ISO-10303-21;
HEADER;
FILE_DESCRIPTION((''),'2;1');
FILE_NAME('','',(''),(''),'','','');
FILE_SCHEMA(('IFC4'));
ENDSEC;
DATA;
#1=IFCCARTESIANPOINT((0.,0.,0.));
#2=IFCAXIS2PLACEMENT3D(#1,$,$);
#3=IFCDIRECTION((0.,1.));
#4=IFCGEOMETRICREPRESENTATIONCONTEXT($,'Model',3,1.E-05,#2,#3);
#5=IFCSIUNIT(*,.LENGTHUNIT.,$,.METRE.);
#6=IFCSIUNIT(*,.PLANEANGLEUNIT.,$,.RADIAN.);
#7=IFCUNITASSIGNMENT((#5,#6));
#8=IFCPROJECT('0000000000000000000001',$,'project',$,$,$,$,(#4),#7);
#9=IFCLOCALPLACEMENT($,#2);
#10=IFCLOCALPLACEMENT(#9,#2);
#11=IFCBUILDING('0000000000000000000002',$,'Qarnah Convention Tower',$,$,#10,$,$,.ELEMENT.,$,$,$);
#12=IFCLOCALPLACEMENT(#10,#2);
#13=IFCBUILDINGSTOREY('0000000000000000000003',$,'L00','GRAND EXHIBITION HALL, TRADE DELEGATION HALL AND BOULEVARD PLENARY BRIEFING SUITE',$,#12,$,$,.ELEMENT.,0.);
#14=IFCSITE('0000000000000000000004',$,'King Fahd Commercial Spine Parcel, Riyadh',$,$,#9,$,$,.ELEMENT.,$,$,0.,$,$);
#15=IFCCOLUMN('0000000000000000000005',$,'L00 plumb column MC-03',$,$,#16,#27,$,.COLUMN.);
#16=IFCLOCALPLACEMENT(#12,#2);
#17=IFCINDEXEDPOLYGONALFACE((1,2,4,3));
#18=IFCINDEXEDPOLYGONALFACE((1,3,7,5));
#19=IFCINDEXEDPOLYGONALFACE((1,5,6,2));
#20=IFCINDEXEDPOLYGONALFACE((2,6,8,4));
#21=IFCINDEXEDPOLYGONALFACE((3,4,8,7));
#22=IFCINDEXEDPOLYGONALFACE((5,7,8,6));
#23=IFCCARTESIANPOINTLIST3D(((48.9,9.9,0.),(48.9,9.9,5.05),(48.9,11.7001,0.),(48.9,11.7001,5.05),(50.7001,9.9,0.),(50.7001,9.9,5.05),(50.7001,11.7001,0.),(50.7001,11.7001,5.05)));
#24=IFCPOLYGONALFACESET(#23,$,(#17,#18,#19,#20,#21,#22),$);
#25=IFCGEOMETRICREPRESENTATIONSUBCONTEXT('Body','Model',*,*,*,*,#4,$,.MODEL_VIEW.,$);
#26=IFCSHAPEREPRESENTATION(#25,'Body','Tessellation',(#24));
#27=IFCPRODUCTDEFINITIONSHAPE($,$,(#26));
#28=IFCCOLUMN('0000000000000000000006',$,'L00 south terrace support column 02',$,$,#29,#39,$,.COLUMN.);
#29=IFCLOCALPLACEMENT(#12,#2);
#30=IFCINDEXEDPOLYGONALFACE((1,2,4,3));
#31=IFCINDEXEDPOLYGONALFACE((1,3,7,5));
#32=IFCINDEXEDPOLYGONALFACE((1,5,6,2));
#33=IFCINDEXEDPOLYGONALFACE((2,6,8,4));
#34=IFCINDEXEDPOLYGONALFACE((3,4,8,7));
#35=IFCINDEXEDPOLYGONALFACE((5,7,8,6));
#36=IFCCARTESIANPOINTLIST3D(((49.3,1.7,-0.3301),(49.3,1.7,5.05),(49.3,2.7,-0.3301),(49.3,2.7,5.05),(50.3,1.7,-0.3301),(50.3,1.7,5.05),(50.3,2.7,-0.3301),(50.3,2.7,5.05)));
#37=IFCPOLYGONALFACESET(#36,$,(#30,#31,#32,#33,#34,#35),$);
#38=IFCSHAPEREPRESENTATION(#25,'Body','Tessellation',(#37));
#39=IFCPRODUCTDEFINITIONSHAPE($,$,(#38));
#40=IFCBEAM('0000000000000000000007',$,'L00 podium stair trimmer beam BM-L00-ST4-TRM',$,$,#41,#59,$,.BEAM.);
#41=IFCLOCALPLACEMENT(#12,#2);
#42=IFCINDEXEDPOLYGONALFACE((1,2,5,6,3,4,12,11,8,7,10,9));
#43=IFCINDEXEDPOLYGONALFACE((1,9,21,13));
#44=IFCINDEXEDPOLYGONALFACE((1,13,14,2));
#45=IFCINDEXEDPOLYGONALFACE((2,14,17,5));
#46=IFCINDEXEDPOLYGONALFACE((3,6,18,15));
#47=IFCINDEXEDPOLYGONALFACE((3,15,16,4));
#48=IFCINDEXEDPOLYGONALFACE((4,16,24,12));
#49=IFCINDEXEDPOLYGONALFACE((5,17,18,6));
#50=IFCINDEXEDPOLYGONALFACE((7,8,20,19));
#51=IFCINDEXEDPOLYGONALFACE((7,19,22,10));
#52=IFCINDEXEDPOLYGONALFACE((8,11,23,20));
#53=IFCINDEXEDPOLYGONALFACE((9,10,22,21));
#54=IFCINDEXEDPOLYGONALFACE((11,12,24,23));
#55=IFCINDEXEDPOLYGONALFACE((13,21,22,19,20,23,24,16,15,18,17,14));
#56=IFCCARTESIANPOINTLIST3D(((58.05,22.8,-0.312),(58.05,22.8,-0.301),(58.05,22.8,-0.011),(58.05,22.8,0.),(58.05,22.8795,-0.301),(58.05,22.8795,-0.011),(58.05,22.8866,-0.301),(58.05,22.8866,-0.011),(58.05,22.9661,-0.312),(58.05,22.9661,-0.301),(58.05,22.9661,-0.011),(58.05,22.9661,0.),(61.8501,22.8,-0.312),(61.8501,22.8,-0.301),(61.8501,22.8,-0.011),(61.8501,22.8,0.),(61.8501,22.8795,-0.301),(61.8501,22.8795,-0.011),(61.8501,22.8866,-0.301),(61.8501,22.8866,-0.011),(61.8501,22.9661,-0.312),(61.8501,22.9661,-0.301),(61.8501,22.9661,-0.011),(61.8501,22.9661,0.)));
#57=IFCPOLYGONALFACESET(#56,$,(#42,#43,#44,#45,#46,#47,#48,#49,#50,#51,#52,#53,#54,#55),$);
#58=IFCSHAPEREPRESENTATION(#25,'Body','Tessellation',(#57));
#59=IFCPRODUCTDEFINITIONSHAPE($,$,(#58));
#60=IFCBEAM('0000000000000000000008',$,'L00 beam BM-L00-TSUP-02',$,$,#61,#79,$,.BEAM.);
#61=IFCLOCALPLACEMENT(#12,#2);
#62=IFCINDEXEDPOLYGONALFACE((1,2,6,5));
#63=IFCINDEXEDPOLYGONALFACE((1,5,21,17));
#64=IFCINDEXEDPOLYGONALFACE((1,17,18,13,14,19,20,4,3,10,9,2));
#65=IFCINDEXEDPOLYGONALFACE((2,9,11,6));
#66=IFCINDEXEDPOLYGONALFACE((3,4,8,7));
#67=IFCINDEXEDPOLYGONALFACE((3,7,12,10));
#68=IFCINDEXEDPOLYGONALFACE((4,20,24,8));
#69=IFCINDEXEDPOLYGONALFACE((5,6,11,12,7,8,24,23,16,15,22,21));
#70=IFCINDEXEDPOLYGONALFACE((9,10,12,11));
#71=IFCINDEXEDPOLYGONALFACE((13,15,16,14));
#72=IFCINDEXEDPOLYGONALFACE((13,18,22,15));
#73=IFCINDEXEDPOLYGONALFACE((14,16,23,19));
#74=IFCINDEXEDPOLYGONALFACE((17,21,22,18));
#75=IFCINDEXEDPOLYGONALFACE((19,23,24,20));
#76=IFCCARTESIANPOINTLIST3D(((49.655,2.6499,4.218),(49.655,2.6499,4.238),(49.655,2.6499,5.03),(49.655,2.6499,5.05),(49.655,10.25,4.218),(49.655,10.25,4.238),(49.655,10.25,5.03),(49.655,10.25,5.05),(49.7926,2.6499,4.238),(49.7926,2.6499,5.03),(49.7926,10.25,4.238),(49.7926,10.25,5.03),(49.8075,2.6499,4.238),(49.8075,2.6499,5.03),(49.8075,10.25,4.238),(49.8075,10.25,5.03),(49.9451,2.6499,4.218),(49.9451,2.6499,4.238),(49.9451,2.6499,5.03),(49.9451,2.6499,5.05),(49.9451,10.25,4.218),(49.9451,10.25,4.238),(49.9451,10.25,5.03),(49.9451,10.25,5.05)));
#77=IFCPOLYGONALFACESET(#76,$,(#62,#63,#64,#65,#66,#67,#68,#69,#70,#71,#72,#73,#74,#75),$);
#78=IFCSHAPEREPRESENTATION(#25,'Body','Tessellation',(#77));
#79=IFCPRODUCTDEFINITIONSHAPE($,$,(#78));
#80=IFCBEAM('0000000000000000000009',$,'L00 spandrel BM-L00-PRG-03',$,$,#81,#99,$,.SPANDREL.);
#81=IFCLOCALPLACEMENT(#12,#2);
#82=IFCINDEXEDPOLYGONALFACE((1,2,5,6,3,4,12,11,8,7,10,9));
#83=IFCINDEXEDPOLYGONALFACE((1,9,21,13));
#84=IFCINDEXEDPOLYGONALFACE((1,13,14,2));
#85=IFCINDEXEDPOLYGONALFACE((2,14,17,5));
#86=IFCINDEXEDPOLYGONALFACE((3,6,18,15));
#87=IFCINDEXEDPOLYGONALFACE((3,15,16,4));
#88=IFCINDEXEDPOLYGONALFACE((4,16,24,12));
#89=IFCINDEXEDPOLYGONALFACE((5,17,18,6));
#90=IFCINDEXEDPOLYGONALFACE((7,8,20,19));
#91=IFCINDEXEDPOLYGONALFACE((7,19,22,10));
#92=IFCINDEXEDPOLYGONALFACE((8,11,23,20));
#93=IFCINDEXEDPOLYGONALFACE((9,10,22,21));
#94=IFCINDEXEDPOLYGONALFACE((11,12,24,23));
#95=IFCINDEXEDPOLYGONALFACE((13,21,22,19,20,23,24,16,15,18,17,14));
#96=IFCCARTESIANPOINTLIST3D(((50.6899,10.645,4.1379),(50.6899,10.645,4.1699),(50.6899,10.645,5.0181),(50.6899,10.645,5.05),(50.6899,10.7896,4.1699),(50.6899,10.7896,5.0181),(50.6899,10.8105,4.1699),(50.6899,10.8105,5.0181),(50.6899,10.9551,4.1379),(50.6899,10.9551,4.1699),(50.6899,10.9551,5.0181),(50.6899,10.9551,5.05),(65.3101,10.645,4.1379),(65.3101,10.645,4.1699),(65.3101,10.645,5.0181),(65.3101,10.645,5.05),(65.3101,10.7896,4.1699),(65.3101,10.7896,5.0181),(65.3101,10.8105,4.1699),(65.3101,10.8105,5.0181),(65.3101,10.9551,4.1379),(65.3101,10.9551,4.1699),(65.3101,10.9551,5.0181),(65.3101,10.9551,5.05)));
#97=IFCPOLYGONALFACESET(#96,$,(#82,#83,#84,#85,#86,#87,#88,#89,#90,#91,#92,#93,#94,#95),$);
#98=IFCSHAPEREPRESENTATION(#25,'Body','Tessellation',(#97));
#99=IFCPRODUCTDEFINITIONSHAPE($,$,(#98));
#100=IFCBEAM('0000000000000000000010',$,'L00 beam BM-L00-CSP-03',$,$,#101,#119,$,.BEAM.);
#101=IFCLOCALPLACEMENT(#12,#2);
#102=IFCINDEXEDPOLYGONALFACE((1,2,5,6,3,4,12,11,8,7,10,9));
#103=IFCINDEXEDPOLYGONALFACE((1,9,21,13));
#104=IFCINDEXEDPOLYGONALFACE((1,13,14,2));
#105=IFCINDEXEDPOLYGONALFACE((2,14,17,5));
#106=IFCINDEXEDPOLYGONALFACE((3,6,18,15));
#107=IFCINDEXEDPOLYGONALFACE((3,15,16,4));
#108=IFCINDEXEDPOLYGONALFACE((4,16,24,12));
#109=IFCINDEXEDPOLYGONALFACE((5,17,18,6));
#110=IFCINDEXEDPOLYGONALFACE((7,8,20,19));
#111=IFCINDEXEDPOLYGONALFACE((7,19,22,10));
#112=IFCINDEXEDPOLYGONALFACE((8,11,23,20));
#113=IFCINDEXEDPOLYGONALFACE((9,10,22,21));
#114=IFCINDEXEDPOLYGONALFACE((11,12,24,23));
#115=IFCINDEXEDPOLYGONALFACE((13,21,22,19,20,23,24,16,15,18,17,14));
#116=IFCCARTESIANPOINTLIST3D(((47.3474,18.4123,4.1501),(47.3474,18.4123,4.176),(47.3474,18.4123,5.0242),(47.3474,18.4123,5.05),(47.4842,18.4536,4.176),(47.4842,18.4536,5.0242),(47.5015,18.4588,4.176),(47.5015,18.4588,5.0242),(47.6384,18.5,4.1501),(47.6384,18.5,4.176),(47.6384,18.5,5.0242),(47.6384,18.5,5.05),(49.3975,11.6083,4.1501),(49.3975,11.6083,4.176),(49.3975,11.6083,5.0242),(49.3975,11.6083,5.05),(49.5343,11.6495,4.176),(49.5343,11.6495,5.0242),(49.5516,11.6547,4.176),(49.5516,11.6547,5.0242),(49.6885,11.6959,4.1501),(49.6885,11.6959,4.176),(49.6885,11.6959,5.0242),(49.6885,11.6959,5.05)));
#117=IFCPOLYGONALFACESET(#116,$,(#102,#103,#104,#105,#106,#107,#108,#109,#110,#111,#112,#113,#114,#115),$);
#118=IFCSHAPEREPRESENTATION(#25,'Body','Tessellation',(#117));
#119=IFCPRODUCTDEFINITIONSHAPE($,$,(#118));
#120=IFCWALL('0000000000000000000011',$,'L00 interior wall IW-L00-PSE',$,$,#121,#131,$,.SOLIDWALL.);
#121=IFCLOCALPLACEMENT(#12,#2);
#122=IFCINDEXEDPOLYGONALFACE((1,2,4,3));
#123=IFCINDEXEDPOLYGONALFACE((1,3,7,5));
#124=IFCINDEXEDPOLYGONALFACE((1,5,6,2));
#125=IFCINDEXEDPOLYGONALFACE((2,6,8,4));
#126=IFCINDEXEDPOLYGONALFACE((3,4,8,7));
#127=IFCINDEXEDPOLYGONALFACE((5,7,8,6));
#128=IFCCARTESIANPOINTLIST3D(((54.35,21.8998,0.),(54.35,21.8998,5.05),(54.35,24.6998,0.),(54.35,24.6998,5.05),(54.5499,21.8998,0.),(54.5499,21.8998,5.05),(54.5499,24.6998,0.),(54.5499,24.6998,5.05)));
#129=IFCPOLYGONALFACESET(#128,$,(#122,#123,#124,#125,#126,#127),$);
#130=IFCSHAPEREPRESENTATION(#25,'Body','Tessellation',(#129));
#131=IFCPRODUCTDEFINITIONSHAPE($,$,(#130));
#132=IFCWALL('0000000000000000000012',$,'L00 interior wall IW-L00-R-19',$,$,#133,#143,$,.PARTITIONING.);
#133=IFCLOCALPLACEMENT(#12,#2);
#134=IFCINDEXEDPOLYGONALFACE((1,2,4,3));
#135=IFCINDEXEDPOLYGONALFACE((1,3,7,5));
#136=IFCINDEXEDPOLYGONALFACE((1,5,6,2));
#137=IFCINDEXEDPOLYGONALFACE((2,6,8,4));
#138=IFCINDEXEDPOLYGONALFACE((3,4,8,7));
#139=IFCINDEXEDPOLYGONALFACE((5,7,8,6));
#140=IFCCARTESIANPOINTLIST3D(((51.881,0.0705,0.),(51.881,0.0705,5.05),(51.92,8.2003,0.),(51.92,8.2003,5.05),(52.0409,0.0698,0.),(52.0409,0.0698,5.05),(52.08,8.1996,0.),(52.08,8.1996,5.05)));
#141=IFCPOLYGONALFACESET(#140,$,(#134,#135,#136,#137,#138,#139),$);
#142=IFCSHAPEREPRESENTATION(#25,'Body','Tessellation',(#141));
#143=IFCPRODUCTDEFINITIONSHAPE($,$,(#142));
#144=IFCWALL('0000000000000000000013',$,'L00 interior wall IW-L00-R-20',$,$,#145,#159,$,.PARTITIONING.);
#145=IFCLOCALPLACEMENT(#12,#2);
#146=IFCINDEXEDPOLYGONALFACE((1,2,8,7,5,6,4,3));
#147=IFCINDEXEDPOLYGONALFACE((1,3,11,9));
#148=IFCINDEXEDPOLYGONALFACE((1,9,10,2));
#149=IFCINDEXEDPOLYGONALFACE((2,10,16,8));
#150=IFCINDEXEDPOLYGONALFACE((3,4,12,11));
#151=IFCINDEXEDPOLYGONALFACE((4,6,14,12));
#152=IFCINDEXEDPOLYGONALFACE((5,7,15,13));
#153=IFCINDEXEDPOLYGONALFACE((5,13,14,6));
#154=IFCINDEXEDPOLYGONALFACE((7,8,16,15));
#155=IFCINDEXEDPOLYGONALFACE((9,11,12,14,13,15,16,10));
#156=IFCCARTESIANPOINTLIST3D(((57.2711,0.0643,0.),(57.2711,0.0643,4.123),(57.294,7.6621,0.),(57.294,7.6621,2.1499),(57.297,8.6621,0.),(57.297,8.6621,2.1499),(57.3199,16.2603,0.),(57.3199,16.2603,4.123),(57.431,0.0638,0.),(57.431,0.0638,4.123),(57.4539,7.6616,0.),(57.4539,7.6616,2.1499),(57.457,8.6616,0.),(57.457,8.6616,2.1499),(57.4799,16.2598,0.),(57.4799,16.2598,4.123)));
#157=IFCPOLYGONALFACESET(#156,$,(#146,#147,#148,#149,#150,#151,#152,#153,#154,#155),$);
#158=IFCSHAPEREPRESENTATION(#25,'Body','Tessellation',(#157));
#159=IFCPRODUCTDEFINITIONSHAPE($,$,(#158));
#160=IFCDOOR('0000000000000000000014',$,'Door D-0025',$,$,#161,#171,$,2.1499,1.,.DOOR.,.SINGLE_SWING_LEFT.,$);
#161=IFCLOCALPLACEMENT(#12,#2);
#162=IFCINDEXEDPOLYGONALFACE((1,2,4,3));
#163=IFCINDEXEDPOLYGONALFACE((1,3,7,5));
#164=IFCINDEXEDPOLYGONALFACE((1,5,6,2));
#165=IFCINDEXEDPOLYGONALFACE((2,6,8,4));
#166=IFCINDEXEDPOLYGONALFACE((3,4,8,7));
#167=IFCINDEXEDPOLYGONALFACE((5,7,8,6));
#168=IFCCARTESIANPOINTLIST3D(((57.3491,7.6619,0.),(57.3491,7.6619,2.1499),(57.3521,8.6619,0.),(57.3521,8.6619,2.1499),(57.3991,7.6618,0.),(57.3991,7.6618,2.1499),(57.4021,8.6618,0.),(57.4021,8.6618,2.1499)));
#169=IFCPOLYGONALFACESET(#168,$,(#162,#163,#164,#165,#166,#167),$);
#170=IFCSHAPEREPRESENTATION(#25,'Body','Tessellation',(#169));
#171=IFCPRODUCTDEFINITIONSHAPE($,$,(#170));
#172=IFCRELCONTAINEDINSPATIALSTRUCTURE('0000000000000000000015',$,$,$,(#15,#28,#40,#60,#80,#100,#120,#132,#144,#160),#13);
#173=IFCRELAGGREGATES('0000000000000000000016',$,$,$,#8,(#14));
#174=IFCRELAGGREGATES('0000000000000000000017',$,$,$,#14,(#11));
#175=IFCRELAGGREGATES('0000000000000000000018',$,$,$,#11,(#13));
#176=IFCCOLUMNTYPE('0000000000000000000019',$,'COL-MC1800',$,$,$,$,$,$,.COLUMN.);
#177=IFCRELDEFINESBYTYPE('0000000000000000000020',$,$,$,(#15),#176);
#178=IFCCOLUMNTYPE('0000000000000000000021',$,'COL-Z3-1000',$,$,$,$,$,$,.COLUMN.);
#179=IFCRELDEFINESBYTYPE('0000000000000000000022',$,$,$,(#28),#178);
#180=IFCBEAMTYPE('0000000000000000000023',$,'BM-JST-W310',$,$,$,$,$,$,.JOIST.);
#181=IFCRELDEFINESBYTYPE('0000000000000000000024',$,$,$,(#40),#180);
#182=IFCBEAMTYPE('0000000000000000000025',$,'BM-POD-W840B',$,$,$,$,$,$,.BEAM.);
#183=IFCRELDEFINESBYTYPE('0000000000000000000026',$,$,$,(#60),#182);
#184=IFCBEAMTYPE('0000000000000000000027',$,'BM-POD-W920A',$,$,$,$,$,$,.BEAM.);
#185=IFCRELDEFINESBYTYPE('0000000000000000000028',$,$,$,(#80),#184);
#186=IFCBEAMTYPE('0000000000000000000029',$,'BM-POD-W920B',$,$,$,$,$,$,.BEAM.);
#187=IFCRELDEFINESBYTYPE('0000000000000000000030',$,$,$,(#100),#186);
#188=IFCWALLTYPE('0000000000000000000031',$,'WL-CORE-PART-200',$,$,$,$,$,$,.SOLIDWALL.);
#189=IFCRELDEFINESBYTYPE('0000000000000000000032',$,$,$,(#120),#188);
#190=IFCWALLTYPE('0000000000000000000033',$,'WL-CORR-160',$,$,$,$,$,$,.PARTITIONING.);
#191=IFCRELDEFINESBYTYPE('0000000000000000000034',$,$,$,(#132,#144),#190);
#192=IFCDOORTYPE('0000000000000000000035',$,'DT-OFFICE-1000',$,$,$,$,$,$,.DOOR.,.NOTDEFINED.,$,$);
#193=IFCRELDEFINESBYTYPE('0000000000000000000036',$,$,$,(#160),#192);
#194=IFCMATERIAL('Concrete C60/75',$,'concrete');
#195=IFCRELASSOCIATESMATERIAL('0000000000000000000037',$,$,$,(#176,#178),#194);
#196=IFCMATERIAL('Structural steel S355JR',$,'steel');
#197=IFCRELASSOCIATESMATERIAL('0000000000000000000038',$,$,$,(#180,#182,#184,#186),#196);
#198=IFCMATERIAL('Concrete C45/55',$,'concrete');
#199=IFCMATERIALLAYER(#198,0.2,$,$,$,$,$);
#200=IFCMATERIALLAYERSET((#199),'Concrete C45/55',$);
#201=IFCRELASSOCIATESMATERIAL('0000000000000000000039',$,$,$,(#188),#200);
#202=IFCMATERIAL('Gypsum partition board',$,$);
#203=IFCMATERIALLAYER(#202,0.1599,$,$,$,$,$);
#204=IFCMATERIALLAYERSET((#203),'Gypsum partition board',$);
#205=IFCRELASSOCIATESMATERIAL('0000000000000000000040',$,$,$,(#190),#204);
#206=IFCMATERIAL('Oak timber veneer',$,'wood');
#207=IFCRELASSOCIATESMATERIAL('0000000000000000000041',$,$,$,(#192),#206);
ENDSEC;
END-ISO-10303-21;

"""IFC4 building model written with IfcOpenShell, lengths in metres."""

from ifc_helpers import new_model, si_unit, direction, frame, frame_2d, origin, origin_2d, place, context, subcontext, project, spatial, rectangle, i_section, extrude, material, layer, layer_set, material_profile, profile_set, type_object, element, fill, save


model = new_model("IFC4")

# Units and contexts
model_context = context("Model", 3, precision=1e-05, world=origin(), true_north=direction((0.0, 1.0)))
body_context = subcontext(model_context, "Body", "Model", "MODEL_VIEW")
ifc_project = project(units=[si_unit("LENGTHUNIT", "METRE"), si_unit("PLANEANGLEUNIT", "RADIAN")], contexts=[model_context])

# Site, building, storey
site_placement = place(None, origin())
site = spatial("IfcSite", under=ifc_project, at=site_placement, Name="King Fahd Commercial Spine Parcel, Riyadh", CompositionType="ELEMENT", RefElevation=0.0)
building_placement = place(site_placement, origin())
building = spatial("IfcBuilding", under=site, at=building_placement, Name="Qarnah Convention Tower", CompositionType="ELEMENT")
storey_placement = place(building_placement, origin())
storey = spatial("IfcBuildingStorey", under=building, at=storey_placement, Name="L00", Description="GRAND EXHIBITION HALL, TRADE DELEGATION HALL AND BOULEVARD PLENARY BRIEFING SUITE", CompositionType="ELEMENT", Elevation=0.0)

# Columns
ifc_material_1 = material(Name="Concrete C60/75", Category="concrete")
ifc_material_profile_1 = material_profile(ifc_material_1, rectangle(XDim=1.8, YDim=1.8, at=origin_2d()), Name="RC-COL-1800X1800")
ifc_profile_set_1 = profile_set([ifc_material_profile_1], Name="Concrete C60/75")
column_type_1 = type_object("IfcColumnType", Name="COL-MC1800", PredefinedType="COLUMN", material=ifc_profile_set_1)
column_1_placement = place(storey_placement, frame((49.8, 10.8, 0.0), z_axis=(0.0, 0.0, 1.0), x_axis=(1.0, 0.0, 0.0)))
element("IfcColumn", 1, at=column_1_placement, inside=storey, type_object=column_type_1, Name="L00 plumb column MC-03", PredefinedType="COLUMN", context=body_context, shape_type="SweptSolid", body=[
    extrude(rectangle(XDim=1.8, YDim=1.8, at=origin_2d()), origin(), (0.0, 0.0, 1.0), 5.05),
])
ifc_material_profile_2 = material_profile(ifc_material_1, rectangle(XDim=1.0, YDim=1.0, at=origin_2d()), Name="RC-COL-1000X1000")
ifc_profile_set_2 = profile_set([ifc_material_profile_2], Name="Concrete C60/75")
column_type_2 = type_object("IfcColumnType", Name="COL-Z3-1000", PredefinedType="COLUMN", material=ifc_profile_set_2)
column_2_placement = place(storey_placement, frame((49.8, 2.2, -0.3301), z_axis=(0.0, 0.0, 1.0), x_axis=(1.0, 0.0, 0.0)))
element("IfcColumn", 2, at=column_2_placement, inside=storey, type_object=column_type_2, Name="L00 south terrace support column 02", PredefinedType="COLUMN", context=body_context, shape_type="SweptSolid", body=[
    extrude(rectangle(XDim=1.0, YDim=1.0, at=origin_2d()), origin(), (0.0, 0.0, 1.0), 5.3801),
])

# Beams
ifc_material_2 = material(Name="Structural steel S355JR", Category="steel")
ifc_material_profile_3 = material_profile(ifc_material_2, i_section(OverallWidth=0.166, OverallDepth=0.312, WebThickness=0.0071, FlangeThickness=0.011, at=origin_2d()), Name="W310X45")
ifc_profile_set_3 = profile_set([ifc_material_profile_3], Name="Structural steel S355JR")
beam_type_1 = type_object("IfcBeamType", Name="BM-JST-W310", PredefinedType="JOIST", material=ifc_profile_set_3)
beam_1_placement = place(storey_placement, frame((58.05, 22.8831, -0.156), z_axis=(1.0, 0.0, 0.0), x_axis=(0.0, 1.0, 0.0)))
element("IfcBeam", 3, at=beam_1_placement, inside=storey, type_object=beam_type_1, Name="L00 podium stair trimmer beam BM-L00-ST4-TRM", PredefinedType="BEAM", context=body_context, shape_type="SweptSolid", body=[
    extrude(i_section(OverallWidth=0.166, OverallDepth=0.312, WebThickness=0.0071, FlangeThickness=0.011, at=origin_2d()), origin(), (0.0, 0.0, 1.0), 3.8),
])
ifc_material_profile_4 = material_profile(ifc_material_2, i_section(OverallWidth=0.29, OverallDepth=0.832, WebThickness=0.0149, FlangeThickness=0.02, at=origin_2d()), Name="W840X193")
ifc_profile_set_4 = profile_set([ifc_material_profile_4], Name="Structural steel S355JR")
beam_type_2 = type_object("IfcBeamType", Name="BM-POD-W840B", PredefinedType="BEAM", material=ifc_profile_set_4)
beam_2_placement = place(storey_placement, frame((49.8, 2.6499, 4.634), z_axis=(0.0, 1.0, 0.0), x_axis=(-1.0, 0.0, 0.0)))
element("IfcBeam", 4, at=beam_2_placement, inside=storey, type_object=beam_type_2, Name="L00 beam BM-L00-TSUP-02", PredefinedType="BEAM", context=body_context, shape_type="SweptSolid", body=[
    extrude(i_section(OverallWidth=0.29, OverallDepth=0.832, WebThickness=0.0149, FlangeThickness=0.02, at=origin_2d()), origin(), (0.0, 0.0, 1.0), 7.6001),
])
ifc_material_profile_5 = material_profile(ifc_material_2, i_section(OverallWidth=0.3101, OverallDepth=0.9121, WebThickness=0.021, FlangeThickness=0.032, at=origin_2d()), Name="W920X342")
ifc_profile_set_5 = profile_set([ifc_material_profile_5], Name="Structural steel S355JR")
beam_type_3 = type_object("IfcBeamType", Name="BM-POD-W920A", PredefinedType="BEAM", material=ifc_profile_set_5)
beam_3_placement = place(storey_placement, frame((50.6899, 10.8, 4.594), z_axis=(1.0, 0.0, 0.0), x_axis=(0.0, 1.0, 0.0)))
element("IfcBeam", 5, at=beam_3_placement, inside=storey, type_object=beam_type_3, Name="L00 spandrel BM-L00-PRG-03", PredefinedType="SPANDREL", context=body_context, shape_type="SweptSolid", body=[
    extrude(i_section(OverallWidth=0.3101, OverallDepth=0.9121, WebThickness=0.021, FlangeThickness=0.032, at=origin_2d()), origin(), (0.0, 0.0, 1.0), 14.6201),
])
ifc_material_profile_6 = material_profile(ifc_material_2, i_section(OverallWidth=0.304, OverallDepth=0.8999, WebThickness=0.0181, FlangeThickness=0.0259, at=origin_2d()), Name="W920X271")
ifc_profile_set_6 = profile_set([ifc_material_profile_6], Name="Structural steel S355JR")
beam_type_4 = type_object("IfcBeamType", Name="BM-POD-W920B", PredefinedType="BEAM", material=ifc_profile_set_6)
beam_4_placement = place(storey_placement, frame((49.543, 11.6521, 4.6001), z_axis=(-0.288492, 0.957482, 0.0), x_axis=(-0.957482, -0.288492, 0.0)))
element("IfcBeam", 6, at=beam_4_placement, inside=storey, type_object=beam_type_4, Name="L00 beam BM-L00-CSP-03", PredefinedType="BEAM", context=body_context, shape_type="SweptSolid", body=[
    extrude(i_section(OverallWidth=0.304, OverallDepth=0.8999, WebThickness=0.0181, FlangeThickness=0.0259, at=origin_2d()), origin(), (0.0, 0.0, 1.0), 7.1062),
])

# Walls
ifc_material_3 = material(Name="Concrete C45/55", Category="concrete")
ifc_layer_1 = layer(ifc_material_3, 0.2)
ifc_layer_set_1 = layer_set([ifc_layer_1], Name="Concrete C45/55")
wall_type_1 = type_object("IfcWallType", Name="WL-CORE-PART-200", PredefinedType="SOLIDWALL", material=ifc_layer_set_1)
wall_1_placement = place(storey_placement, frame((54.45, 21.8999, 0.0), z_axis=(0.0, 0.0, 1.0), x_axis=(0.0, 1.0, 0.0)))
element("IfcWall", 7, at=wall_1_placement, inside=storey, type_object=wall_type_1, Name="L00 interior wall IW-L00-PSE", PredefinedType="SOLIDWALL", context=body_context, shape_type="SweptSolid", body=[
    extrude(rectangle(XDim=2.8, YDim=0.2, at=frame_2d((1.3999, 0.0))), origin(), (0.0, 0.0, 1.0), 5.05),
])
ifc_material_4 = material(Name="Gypsum partition board")
ifc_layer_2 = layer(ifc_material_4, 0.1599)
ifc_layer_set_2 = layer_set([ifc_layer_2], Name="Gypsum partition board")
wall_type_2 = type_object("IfcWallType", Name="WL-CORR-160", PredefinedType="PARTITIONING", material=ifc_layer_set_2)
wall_2_placement = place(storey_placement, frame((52.0, 8.2, 0.0), z_axis=(0.0, 0.0, 1.0), x_axis=(-0.004805, -0.999988, 0.0)))
element("IfcWall", 8, at=wall_2_placement, inside=storey, type_object=wall_type_2, Name="L00 interior wall IW-L00-R-19", PredefinedType="PARTITIONING", context=body_context, shape_type="SweptSolid", body=[
    extrude(rectangle(XDim=8.1299, YDim=0.1599, at=frame_2d((4.0649, 0.0))), origin(), (0.0, 0.0, 1.0), 5.05),
])

# Wall, opening, door
wall_3_placement = place(storey_placement, frame((57.3511, 0.064, 0.0), z_axis=(0.0, 0.0, 1.0), x_axis=(0.003015, 0.999995, 0.0)))
wall_3 = element("IfcWall", 9, at=wall_3_placement, inside=storey, type_object=wall_type_2, Name="L00 interior wall IW-L00-R-20", PredefinedType="PARTITIONING", context=body_context, shape_type="SweptSolid", body=[
    extrude(rectangle(XDim=16.196, YDim=0.1599, at=frame_2d((8.0981, 0.0))), origin(), (0.0, 0.0, 1.0), 4.123),
])
opening_1_placement = place(wall_3_placement, frame((7.5979, 0.0, 0.0)))
opening_1 = element("IfcOpeningElement", 10, at=opening_1_placement, cuts=wall_3, PredefinedType="OPENING", context=body_context, shape_type="SweptSolid", body=[
    extrude(rectangle(XDim=1.0, YDim=2.1499, at=frame_2d((0.5, 1.075))), frame((0.0, 0.0898, 0.0), z_axis=(0.0, -1.0, 0.0), x_axis=(1.0, 0.0, 0.0)), (0.0, 0.0, 1.0), 0.1799),
])
ifc_material_5 = material(Name="Oak timber veneer", Category="wood")
door_type_1 = type_object("IfcDoorType", Name="DT-OFFICE-1000", OperationType="NOTDEFINED", PredefinedType="DOOR", material=ifc_material_5)
door_1_placement = place(opening_1_placement, origin())
door_1 = element("IfcDoor", 11, at=door_1_placement, inside=storey, type_object=door_type_1, Name="Door D-0025", OperationType="SINGLE_SWING_LEFT", OverallHeight=2.1499, OverallWidth=1.0, PredefinedType="DOOR", context=body_context, shape_type="SweptSolid", body=[
    extrude(rectangle(XDim=1.0, YDim=2.1499, at=frame_2d((0.5, 1.075))), frame((0.0, 0.0249, 0.0), z_axis=(0.0, -1.0, 0.0), x_axis=(1.0, 0.0, 0.0)), (0.0, 0.0, 1.0), 0.05),
])
fill(opening_1, door_1)

save(model, "model.ifc")
